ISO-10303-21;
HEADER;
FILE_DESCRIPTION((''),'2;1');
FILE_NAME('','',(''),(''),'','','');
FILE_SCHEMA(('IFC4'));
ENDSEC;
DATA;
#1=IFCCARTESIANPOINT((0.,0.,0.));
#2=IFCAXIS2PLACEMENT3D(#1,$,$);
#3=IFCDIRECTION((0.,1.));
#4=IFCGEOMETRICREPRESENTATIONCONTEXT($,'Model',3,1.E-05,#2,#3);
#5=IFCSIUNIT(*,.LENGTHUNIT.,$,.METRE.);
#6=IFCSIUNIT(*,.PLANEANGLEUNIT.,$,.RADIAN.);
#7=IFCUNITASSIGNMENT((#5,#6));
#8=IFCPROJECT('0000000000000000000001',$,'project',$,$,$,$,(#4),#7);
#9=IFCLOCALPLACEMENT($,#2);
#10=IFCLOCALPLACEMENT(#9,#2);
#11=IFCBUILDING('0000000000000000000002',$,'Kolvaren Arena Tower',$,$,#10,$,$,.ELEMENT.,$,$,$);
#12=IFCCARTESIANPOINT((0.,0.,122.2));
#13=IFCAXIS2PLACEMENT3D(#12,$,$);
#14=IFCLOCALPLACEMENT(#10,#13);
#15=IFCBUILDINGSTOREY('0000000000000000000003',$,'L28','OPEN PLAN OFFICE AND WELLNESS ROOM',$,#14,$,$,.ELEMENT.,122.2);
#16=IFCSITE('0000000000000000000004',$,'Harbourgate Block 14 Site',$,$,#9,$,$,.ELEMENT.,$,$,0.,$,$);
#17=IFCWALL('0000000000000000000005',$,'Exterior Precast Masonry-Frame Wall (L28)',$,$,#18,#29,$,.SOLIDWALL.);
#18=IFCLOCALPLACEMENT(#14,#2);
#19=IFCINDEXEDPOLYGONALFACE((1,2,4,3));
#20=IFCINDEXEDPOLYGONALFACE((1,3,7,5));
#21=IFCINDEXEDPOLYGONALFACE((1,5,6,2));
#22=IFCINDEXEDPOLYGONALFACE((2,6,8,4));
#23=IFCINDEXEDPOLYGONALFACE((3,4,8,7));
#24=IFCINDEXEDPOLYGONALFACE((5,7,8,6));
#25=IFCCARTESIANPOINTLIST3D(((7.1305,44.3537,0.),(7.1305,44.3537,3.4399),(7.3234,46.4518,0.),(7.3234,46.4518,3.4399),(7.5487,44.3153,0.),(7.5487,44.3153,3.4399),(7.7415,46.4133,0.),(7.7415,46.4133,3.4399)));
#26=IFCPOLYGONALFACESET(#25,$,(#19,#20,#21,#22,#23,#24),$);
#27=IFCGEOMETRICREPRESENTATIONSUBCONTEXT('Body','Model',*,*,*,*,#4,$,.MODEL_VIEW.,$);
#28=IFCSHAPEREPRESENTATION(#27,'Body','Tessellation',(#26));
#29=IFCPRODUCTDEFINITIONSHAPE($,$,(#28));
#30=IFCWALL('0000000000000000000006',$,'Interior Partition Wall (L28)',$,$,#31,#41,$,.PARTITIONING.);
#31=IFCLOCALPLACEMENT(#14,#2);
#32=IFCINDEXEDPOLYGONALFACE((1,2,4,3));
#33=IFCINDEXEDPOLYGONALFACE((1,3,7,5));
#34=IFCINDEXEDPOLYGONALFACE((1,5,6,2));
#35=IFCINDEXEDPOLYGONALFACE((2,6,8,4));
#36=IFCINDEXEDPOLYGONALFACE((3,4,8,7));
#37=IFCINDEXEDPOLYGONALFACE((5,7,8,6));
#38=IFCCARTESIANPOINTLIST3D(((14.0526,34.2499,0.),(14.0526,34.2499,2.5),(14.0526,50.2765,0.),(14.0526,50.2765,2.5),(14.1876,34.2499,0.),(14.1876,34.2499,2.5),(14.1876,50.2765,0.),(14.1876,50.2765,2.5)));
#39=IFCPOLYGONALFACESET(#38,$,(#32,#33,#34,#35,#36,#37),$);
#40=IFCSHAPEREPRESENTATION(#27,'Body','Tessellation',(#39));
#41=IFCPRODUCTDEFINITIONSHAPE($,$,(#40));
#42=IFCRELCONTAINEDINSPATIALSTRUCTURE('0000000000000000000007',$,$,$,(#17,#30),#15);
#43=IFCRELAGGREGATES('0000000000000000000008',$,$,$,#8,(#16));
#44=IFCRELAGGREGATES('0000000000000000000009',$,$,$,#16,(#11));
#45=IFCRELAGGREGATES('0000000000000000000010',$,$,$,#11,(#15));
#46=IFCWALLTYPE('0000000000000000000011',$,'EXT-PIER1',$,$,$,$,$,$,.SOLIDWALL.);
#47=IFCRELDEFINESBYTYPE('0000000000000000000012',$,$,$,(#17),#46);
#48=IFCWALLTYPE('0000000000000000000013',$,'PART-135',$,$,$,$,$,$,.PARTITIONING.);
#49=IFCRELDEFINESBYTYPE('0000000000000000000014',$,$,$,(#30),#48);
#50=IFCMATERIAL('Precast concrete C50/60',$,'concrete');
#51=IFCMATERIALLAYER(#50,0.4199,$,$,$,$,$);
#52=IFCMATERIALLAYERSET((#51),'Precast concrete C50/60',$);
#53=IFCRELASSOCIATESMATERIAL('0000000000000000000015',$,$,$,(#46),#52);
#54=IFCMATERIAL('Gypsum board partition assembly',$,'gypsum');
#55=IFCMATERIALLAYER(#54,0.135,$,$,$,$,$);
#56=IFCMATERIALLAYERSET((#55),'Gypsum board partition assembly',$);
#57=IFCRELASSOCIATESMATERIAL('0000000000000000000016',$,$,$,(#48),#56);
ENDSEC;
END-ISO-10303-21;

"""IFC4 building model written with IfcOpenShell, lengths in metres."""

from ifc_helpers import new_model, si_unit, direction, frame, frame_2d, origin, place, context, subcontext, project, spatial, rectangle, extrude, material, layer, layer_set, type_object, element, save


model = new_model("IFC4")

# Units and contexts
model_context = context("Model", 3, precision=1e-05, world=origin(), true_north=direction((0.0, 1.0)))
body_context = subcontext(model_context, "Body", "Model", "MODEL_VIEW")
ifc_project = project(units=[si_unit("LENGTHUNIT", "METRE"), si_unit("PLANEANGLEUNIT", "RADIAN")], contexts=[model_context])

# Site, building, storey
site_placement = place(None, origin())
site = spatial("IfcSite", under=ifc_project, at=site_placement, Name="Harbourgate Block 14 Site", CompositionType="ELEMENT", RefElevation=0.0)
building_placement = place(site_placement, origin())
building = spatial("IfcBuilding", under=site, at=building_placement, Name="Kolvaren Arena Tower", CompositionType="ELEMENT")
storey_placement = place(building_placement, frame((0.0, 0.0, 122.2)))
storey = spatial("IfcBuildingStorey", under=building, at=storey_placement, Name="L28", Description="OPEN PLAN OFFICE AND WELLNESS ROOM", CompositionType="ELEMENT", Elevation=122.2)

# Shared definitions
ifc_material_1 = material(Name="Precast concrete C50/60", Category="concrete")
ifc_layer_1 = layer(ifc_material_1, 0.4199)
ifc_layer_set_1 = layer_set([ifc_layer_1], Name="Precast concrete C50/60")
wall_type_1 = type_object("IfcWallType", Name="EXT-PIER1", PredefinedType="SOLIDWALL", material=ifc_layer_set_1)

# Walls
wall_1_placement = place(storey_placement, frame((7.3396, 44.3345, 0.0), z_axis=(0.0, 0.0, 1.0), x_axis=(0.091539, 0.995802, 0.0)))
element("IfcWall", 1, at=wall_1_placement, inside=storey, type_object=wall_type_1, Name="Exterior Precast Masonry-Frame Wall (L28)", PredefinedType="SOLIDWALL", context=body_context, shape_type="SweptSolid", body=[
    extrude(rectangle(XDim=2.1069, YDim=0.4199, at=frame_2d((1.0535, 0.0))), origin(), (0.0, 0.0, 1.0), 3.4399),
])
ifc_material_2 = material(Name="Gypsum board partition assembly", Category="gypsum")
ifc_layer_2 = layer(ifc_material_2, 0.135)
ifc_layer_set_2 = layer_set([ifc_layer_2], Name="Gypsum board partition assembly")
wall_type_2 = type_object("IfcWallType", Name="PART-135", PredefinedType="PARTITIONING", material=ifc_layer_set_2)
wall_2_placement = place(storey_placement, frame((14.1201, 34.25, 0.0), z_axis=(0.0, 0.0, 1.0), x_axis=(0.0, 1.0, 0.0)))
element("IfcWall", 2, at=wall_2_placement, inside=storey, type_object=wall_type_2, Name="Interior Partition Wall (L28)", PredefinedType="PARTITIONING", context=body_context, shape_type="SweptSolid", body=[
    extrude(rectangle(XDim=16.0266, YDim=0.135, at=frame_2d((8.0132, 0.0))), origin(), (0.0, 0.0, 1.0), 2.5),
])

save(model, "model.ifc")
